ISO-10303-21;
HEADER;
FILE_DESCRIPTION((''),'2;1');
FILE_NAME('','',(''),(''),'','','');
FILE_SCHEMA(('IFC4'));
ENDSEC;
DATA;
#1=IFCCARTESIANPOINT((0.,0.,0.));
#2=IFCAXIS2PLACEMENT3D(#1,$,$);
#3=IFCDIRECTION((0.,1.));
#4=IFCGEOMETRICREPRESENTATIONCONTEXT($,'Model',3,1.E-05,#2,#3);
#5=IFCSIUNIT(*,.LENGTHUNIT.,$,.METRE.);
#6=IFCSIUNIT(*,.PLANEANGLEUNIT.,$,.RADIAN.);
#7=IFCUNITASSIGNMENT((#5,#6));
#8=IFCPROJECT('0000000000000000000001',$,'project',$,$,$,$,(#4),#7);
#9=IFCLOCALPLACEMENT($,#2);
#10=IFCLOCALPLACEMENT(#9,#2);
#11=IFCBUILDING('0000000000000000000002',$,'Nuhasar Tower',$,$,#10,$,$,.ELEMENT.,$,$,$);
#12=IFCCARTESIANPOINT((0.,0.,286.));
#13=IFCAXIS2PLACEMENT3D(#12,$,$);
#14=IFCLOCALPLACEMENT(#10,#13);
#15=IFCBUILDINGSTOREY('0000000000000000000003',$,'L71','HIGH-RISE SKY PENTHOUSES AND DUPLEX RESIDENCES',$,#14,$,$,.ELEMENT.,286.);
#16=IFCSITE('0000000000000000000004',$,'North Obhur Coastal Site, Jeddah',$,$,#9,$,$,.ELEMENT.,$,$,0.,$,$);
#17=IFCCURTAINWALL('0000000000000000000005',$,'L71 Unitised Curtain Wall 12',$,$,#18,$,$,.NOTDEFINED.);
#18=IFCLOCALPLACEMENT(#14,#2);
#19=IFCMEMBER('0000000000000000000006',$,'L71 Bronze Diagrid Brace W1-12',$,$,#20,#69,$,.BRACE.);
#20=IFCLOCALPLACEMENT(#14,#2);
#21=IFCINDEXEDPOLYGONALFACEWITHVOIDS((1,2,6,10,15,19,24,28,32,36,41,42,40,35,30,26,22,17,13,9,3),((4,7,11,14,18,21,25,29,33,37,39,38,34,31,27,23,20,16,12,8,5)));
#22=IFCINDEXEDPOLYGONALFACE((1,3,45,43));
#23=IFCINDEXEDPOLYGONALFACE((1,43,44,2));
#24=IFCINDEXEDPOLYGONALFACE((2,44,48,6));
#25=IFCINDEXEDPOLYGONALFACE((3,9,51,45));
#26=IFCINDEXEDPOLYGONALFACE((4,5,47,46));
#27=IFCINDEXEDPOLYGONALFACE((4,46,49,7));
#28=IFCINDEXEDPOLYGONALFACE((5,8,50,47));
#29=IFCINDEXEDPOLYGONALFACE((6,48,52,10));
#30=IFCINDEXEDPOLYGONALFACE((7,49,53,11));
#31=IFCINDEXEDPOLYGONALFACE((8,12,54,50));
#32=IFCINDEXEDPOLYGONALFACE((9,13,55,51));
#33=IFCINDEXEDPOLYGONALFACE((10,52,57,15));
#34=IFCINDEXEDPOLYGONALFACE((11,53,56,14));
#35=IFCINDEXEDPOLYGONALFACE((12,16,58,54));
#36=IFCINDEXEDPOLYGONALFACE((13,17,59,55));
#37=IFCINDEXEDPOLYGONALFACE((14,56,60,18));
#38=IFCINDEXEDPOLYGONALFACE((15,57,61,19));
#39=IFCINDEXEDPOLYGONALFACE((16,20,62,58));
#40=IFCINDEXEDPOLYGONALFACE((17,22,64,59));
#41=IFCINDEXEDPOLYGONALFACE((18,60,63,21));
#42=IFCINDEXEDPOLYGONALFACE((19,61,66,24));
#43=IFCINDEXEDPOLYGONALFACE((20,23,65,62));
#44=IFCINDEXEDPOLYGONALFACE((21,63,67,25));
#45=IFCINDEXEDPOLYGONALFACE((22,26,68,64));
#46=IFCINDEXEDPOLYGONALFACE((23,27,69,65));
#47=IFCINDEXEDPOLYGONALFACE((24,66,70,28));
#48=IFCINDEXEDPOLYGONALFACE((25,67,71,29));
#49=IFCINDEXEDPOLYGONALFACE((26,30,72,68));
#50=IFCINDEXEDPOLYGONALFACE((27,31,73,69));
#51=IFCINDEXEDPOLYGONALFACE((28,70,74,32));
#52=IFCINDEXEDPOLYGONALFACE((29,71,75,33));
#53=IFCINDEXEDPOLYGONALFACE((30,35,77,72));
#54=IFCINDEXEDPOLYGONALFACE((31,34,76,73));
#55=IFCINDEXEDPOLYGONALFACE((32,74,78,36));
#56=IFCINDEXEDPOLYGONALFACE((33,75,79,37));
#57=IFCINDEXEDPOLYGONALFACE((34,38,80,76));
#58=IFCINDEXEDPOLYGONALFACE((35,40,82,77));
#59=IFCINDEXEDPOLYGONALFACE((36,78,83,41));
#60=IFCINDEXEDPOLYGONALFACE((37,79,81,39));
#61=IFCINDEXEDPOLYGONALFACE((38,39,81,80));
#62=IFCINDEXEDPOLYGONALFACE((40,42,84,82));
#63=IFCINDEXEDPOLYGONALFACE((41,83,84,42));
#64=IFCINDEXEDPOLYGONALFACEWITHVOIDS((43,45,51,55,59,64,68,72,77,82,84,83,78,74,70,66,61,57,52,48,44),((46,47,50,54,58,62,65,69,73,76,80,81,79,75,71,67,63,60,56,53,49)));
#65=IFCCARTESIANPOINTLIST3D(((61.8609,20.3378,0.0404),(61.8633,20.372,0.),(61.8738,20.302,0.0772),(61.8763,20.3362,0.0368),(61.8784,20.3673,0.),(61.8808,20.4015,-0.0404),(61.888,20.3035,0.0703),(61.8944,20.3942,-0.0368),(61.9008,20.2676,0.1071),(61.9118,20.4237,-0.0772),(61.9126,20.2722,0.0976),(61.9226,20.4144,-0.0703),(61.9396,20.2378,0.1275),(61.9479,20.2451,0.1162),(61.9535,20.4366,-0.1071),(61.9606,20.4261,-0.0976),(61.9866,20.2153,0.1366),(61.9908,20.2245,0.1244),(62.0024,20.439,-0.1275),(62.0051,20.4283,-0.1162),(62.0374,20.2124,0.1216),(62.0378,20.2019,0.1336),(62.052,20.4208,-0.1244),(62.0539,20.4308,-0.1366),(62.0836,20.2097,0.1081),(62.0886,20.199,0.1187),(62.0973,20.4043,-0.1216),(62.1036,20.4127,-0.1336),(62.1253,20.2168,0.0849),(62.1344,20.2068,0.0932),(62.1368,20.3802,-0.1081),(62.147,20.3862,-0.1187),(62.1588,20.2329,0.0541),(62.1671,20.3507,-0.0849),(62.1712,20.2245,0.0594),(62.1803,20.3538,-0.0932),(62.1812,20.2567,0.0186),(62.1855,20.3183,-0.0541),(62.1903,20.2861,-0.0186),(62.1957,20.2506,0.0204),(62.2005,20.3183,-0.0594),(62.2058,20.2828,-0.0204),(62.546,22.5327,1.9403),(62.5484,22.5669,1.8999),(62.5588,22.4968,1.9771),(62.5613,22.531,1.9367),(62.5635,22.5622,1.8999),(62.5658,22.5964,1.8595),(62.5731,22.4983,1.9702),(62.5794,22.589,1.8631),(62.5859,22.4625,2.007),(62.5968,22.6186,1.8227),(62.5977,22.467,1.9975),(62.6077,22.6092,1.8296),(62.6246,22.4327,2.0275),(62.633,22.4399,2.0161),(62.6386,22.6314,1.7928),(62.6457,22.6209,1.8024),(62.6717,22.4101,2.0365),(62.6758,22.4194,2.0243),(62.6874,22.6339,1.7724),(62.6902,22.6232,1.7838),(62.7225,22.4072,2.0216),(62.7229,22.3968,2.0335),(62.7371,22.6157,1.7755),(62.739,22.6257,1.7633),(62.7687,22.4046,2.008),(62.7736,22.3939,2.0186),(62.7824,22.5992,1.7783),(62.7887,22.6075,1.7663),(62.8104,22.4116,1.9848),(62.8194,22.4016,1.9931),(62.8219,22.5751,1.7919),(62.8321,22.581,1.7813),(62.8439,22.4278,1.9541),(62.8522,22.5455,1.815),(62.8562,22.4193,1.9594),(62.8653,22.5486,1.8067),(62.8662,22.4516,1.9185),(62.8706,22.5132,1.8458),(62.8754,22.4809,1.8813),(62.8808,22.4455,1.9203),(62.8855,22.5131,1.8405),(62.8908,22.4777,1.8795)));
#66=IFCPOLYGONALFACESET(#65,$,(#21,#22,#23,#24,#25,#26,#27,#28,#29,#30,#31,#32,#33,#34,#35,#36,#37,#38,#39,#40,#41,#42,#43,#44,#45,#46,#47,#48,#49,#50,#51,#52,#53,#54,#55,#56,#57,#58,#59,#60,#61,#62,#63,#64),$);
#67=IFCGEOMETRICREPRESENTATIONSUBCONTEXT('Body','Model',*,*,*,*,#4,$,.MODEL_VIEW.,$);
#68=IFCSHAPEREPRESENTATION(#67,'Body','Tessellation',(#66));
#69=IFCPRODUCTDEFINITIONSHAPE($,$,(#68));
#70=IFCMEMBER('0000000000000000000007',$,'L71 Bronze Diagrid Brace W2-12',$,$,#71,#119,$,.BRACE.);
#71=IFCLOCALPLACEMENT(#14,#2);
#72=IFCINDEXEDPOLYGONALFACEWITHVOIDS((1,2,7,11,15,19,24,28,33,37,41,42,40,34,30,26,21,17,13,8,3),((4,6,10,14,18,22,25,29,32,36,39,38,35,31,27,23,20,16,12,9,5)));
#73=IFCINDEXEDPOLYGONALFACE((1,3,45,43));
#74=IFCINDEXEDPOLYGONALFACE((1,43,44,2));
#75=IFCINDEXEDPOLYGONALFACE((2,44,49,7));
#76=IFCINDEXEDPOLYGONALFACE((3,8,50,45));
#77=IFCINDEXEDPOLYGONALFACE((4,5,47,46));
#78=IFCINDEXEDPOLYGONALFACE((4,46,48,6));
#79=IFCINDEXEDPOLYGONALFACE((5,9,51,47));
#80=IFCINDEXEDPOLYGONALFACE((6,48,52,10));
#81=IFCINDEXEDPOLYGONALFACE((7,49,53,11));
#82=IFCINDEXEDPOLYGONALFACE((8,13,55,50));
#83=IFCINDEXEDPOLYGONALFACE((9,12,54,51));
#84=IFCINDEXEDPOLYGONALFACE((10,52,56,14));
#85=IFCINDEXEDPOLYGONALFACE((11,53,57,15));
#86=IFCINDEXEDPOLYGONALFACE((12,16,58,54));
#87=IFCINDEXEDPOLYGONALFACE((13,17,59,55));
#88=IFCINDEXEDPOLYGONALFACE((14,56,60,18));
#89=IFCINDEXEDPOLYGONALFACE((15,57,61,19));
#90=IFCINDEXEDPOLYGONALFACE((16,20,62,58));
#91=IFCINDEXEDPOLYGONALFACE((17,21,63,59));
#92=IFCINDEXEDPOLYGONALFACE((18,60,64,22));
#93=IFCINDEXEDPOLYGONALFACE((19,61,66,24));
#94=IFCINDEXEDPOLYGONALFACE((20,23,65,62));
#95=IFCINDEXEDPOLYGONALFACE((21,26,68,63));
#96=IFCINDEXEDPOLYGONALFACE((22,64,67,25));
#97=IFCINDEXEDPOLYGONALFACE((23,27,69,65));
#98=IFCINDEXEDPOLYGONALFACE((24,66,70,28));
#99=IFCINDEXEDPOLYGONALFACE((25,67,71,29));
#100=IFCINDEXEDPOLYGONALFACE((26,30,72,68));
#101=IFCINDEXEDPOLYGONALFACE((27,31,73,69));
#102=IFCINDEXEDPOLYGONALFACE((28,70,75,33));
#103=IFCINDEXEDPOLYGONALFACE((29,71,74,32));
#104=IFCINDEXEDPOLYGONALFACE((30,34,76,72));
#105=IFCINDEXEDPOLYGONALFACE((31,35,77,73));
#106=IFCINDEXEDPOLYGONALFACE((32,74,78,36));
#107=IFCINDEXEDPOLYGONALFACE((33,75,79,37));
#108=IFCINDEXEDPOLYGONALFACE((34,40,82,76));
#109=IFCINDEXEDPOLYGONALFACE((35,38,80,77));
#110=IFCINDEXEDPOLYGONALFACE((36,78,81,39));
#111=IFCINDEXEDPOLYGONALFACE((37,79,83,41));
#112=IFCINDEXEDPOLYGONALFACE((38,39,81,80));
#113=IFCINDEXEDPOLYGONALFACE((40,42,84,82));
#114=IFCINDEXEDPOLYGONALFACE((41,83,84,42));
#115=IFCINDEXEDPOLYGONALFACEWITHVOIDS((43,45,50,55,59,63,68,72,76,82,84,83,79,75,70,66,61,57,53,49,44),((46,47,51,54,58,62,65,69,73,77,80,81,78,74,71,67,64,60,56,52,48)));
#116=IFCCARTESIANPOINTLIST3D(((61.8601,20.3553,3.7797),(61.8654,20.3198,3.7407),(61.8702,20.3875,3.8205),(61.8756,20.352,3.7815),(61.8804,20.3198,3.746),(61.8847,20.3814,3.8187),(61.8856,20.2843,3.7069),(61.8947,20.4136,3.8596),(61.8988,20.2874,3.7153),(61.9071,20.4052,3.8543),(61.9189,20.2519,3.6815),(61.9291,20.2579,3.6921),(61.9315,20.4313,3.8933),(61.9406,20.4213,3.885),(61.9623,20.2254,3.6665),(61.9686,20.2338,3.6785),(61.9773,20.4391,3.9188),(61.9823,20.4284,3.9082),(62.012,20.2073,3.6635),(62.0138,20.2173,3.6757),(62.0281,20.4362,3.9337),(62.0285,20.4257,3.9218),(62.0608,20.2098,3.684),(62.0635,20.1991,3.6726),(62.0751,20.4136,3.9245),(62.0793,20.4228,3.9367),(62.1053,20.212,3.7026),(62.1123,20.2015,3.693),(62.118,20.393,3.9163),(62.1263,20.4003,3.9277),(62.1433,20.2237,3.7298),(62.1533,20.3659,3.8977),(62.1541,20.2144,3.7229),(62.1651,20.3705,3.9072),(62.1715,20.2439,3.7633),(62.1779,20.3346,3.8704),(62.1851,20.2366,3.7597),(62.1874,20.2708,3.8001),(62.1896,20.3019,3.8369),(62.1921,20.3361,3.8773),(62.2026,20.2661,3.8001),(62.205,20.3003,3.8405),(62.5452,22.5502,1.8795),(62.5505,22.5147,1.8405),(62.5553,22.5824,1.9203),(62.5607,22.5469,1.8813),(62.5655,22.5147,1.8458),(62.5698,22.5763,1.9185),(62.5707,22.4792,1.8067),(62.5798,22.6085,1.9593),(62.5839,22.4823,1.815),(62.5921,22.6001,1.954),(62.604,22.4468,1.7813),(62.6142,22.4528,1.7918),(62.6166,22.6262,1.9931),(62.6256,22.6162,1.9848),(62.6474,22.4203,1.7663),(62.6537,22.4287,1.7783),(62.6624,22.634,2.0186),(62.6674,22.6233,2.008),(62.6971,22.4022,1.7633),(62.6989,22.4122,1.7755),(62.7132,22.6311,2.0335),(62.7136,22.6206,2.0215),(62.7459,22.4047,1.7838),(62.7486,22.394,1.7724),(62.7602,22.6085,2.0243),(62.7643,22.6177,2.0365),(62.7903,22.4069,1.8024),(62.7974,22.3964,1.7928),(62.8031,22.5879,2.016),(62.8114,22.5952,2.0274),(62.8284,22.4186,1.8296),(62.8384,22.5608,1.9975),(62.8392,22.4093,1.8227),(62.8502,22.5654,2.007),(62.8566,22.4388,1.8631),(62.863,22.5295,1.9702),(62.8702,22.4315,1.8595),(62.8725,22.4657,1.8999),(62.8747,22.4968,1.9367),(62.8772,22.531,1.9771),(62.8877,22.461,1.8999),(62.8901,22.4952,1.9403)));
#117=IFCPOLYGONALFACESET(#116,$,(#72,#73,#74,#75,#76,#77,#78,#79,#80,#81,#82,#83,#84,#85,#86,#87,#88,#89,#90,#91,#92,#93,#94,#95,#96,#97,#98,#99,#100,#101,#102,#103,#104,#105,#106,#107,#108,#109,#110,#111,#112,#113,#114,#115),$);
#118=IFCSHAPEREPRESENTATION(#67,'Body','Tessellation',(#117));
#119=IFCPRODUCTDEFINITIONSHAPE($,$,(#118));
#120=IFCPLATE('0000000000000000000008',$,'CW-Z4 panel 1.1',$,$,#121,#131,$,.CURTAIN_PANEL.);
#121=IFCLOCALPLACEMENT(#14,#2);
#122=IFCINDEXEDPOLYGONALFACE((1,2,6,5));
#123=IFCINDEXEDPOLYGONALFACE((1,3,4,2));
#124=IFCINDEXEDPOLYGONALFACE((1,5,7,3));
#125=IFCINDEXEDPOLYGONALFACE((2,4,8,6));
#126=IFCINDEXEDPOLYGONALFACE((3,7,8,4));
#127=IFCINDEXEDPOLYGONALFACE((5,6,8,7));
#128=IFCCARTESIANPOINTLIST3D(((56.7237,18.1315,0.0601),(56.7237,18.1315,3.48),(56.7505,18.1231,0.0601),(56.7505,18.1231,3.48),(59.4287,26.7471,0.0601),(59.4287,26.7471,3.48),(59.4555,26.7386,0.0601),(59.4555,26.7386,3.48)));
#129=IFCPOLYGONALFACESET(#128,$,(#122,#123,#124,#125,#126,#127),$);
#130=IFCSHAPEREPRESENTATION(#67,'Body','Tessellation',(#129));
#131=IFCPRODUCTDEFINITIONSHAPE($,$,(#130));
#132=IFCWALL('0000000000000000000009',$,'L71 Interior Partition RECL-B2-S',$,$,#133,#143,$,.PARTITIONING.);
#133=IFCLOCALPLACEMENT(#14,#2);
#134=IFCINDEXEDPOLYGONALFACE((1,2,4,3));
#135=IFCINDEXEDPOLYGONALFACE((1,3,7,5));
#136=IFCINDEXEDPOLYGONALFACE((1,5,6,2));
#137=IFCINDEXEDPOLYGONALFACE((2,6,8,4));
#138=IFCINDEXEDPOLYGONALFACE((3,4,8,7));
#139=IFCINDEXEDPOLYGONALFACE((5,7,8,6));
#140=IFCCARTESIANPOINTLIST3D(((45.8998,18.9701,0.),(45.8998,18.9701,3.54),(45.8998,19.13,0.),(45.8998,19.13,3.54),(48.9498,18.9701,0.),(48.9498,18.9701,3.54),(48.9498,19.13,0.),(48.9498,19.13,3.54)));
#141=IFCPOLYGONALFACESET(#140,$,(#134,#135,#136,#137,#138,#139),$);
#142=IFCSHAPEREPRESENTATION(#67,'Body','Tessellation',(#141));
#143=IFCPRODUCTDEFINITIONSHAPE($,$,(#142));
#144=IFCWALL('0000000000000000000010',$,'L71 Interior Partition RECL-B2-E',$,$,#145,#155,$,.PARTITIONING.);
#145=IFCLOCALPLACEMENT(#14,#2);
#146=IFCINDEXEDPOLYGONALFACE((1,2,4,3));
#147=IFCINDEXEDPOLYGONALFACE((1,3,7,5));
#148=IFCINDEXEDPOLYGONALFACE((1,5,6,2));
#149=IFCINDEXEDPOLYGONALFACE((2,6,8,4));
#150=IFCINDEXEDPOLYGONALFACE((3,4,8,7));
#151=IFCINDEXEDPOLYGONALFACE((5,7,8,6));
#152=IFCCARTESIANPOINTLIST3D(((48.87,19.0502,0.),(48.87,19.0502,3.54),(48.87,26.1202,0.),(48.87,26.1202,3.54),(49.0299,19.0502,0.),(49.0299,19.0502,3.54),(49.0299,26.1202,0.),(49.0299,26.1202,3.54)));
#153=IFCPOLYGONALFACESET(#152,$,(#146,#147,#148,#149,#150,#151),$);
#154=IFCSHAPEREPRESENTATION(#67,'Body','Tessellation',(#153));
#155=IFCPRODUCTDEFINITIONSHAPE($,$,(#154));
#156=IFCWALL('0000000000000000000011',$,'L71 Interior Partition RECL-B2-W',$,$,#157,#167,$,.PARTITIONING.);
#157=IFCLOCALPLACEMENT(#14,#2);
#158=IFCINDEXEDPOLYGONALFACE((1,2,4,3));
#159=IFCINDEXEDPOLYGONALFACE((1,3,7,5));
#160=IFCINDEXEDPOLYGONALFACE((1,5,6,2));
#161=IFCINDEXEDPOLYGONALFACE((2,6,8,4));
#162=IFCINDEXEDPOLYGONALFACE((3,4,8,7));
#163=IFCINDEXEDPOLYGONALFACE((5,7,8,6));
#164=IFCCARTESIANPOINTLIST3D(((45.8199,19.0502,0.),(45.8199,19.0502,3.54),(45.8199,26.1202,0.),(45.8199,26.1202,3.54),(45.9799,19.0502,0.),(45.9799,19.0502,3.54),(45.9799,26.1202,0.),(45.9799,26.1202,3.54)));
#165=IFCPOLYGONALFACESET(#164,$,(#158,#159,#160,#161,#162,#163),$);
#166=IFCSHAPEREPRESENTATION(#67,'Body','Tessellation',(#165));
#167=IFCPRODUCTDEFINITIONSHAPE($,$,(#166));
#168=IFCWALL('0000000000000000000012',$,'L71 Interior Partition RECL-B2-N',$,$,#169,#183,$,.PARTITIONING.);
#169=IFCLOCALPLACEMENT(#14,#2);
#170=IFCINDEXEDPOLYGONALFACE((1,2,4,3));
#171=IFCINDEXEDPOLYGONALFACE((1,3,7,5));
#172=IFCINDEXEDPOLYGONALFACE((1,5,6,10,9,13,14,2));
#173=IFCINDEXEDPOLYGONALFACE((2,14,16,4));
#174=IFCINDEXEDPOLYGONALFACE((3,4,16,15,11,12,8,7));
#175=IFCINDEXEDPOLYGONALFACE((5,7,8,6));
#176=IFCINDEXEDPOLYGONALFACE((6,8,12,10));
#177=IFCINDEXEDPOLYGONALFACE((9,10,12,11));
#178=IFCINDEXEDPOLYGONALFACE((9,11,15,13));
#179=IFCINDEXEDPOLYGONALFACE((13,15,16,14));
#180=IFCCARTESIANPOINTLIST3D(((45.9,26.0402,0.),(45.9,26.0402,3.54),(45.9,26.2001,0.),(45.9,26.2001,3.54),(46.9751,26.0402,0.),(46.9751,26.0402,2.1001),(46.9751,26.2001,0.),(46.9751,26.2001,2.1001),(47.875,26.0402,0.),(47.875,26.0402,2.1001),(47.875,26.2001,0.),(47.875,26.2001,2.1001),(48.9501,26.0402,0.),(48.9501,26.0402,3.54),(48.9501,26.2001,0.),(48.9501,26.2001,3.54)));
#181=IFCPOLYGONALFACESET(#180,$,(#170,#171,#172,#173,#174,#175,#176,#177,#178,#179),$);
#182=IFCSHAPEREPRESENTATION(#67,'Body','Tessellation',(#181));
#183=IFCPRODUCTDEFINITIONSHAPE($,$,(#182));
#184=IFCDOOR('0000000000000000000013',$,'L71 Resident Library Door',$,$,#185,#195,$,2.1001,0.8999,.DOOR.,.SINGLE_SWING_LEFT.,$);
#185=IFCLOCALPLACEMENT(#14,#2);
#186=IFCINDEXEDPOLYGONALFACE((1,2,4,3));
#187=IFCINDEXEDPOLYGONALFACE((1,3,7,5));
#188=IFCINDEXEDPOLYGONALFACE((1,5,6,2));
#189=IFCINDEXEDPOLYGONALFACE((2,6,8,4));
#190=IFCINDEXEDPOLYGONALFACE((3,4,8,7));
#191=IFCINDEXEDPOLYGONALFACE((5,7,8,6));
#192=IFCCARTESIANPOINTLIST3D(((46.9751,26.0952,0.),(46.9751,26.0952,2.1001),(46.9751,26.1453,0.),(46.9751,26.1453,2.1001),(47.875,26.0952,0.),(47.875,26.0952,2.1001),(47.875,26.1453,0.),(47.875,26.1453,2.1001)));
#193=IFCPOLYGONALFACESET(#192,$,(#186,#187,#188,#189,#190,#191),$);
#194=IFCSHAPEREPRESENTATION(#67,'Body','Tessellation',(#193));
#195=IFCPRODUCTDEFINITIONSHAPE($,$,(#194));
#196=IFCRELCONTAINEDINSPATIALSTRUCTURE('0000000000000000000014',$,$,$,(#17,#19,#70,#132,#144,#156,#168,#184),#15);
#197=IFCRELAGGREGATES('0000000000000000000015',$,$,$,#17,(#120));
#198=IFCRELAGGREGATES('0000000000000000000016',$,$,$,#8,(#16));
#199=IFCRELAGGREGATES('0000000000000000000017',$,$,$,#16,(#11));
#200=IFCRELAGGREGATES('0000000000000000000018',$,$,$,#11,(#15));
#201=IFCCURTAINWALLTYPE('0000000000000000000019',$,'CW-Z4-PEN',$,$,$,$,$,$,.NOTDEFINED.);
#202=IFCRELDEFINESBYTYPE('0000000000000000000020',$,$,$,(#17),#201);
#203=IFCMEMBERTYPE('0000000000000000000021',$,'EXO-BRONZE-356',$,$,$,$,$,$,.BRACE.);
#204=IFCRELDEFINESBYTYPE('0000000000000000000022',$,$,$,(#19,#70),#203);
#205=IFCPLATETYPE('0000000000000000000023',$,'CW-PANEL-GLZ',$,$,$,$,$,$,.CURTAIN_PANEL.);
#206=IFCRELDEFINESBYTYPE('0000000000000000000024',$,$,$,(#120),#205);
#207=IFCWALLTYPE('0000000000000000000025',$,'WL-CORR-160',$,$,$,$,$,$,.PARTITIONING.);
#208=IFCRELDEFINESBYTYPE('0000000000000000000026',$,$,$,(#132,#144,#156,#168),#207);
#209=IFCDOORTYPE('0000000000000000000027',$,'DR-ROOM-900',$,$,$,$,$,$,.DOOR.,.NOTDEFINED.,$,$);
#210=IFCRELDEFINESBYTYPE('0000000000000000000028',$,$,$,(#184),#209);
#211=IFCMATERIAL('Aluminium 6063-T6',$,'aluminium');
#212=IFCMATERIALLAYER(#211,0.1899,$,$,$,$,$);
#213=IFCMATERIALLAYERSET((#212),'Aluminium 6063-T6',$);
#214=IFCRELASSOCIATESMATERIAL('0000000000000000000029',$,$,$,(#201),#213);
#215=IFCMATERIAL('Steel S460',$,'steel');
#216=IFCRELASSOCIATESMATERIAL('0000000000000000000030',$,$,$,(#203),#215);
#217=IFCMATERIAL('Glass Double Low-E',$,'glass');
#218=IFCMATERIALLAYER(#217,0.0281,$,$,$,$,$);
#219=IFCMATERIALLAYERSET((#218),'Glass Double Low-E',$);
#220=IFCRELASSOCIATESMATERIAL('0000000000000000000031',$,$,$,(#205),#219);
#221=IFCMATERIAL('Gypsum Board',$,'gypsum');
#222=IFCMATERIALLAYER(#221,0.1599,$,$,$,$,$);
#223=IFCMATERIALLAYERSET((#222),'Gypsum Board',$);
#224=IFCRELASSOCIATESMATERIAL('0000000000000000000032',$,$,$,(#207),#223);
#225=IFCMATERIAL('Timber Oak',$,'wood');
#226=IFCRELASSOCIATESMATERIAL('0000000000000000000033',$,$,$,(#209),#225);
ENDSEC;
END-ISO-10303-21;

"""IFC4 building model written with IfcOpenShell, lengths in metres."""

from ifc_helpers import new_model, si_unit, direction, frame, frame_2d, origin, origin_2d, place, context, subcontext, project, spatial, rectangle, hollow_circle, extrude, material, layer, layer_set, material_profile, profile_set, type_object, element, fill, aggregate, save


model = new_model("IFC4")

# Units and contexts
model_context = context("Model", 3, precision=1e-05, world=origin(), true_north=direction((0.0, 1.0)))
body_context = subcontext(model_context, "Body", "Model", "MODEL_VIEW")
ifc_project = project(units=[si_unit("LENGTHUNIT", "METRE"), si_unit("PLANEANGLEUNIT", "RADIAN")], contexts=[model_context])

# Site, building, storey
site_placement = place(None, origin())
site = spatial("IfcSite", under=ifc_project, at=site_placement, Name="North Obhur Coastal Site, Jeddah", CompositionType="ELEMENT", RefElevation=0.0)
building_placement = place(site_placement, origin())
building = spatial("IfcBuilding", under=site, at=building_placement, Name="Nuhasar Tower", CompositionType="ELEMENT")
storey_placement = place(building_placement, frame((0.0, 0.0, 286.0)))
storey = spatial("IfcBuildingStorey", under=building, at=storey_placement, Name="L71", Description="HIGH-RISE SKY PENTHOUSES AND DUPLEX RESIDENCES", CompositionType="ELEMENT", Elevation=286.0)

# Shared definitions
ifc_material_1 = material(Name="Aluminium 6063-T6", Category="aluminium")
ifc_layer_1 = layer(ifc_material_1, 0.1899)
ifc_layer_set_1 = layer_set([ifc_layer_1], Name="Aluminium 6063-T6")
curtain_wall_type = type_object("IfcCurtainWallType", Name="CW-Z4-PEN", PredefinedType="NOTDEFINED", material=ifc_layer_set_1)

# Curtain wall
curtain_wall_1_placement = place(storey_placement, origin())
curtain_wall_1 = element("IfcCurtainWall", 1, at=curtain_wall_1_placement, inside=storey, type_object=curtain_wall_type, Name="L71 Unitised Curtain Wall 12", PredefinedType="NOTDEFINED")

# Members
ifc_material_2 = material(Name="Steel S460", Category="steel")
ifc_material_profile_1 = material_profile(ifc_material_2, hollow_circle(Radius=0.1777, WallThickness=0.0159, at=origin_2d()), Name="HSS355.6X15.9")
ifc_profile_set_1 = profile_set([ifc_material_profile_1], Name="Steel S460")
member_type_1 = type_object("IfcMemberType", Name="EXO-BRONZE-356", PredefinedType="BRACE", material=ifc_profile_set_1)
member_1_placement = place(storey_placement, frame((62.033, 20.3191, 0.0), z_axis=(0.229681, 0.735864, 0.636985), x_axis=(-0.954582, 0.297948, 0.0)))
element("IfcMember", 2, at=member_1_placement, inside=storey, type_object=member_type_1, Name="L71 Bronze Diagrid Brace W1-12", PredefinedType="BRACE", context=body_context, shape_type="SweptSolid", body=[
    extrude(hollow_circle(Radius=0.1777, WallThickness=0.0159, at=origin_2d()), origin(), (0.0, 0.0, 1.0), 2.9827),
])
member_2_placement = place(storey_placement, frame((62.718, 22.5139, 1.8999), z_axis=(-0.229669, -0.735826, 0.637034), x_axis=(0.954582, -0.297948, 0.0)))
element("IfcMember", 3, at=member_2_placement, inside=storey, type_object=member_type_1, Name="L71 Bronze Diagrid Brace W2-12", PredefinedType="BRACE", context=body_context, shape_type="SweptSolid", body=[
    extrude(hollow_circle(Radius=0.1777, WallThickness=0.0159, at=origin_2d()), origin(), (0.0, 0.0, 1.0), 2.9829),
])

# Plate
ifc_material_3 = material(Name="Glass Double Low-E", Category="glass")
ifc_layer_2 = layer(ifc_material_3, 0.0281)
ifc_layer_set_2 = layer_set([ifc_layer_2], Name="Glass Double Low-E")
plate_type = type_object("IfcPlateType", Name="CW-PANEL-GLZ", PredefinedType="CURTAIN_PANEL", material=ifc_layer_set_2)
plate_placement = place(storey_placement, frame((58.0896, 22.4351, 0.0601), z_axis=(0.0, 0.0, 1.0), x_axis=(0.299557, 0.954079, 0.0)))
plate = element("IfcPlate", 4, at=plate_placement, type_object=plate_type, Name="CW-Z4 panel 1.1", PredefinedType="CURTAIN_PANEL", context=body_context, shape_type="SweptSolid", body=[
    extrude(rectangle(XDim=9.0303, YDim=0.0281, at=origin_2d()), origin(), (0.0, 0.0, 1.0), 3.4199),
])
aggregate(curtain_wall_1, [plate])

# Walls
ifc_material_4 = material(Name="Gypsum Board", Category="gypsum")
ifc_layer_3 = layer(ifc_material_4, 0.1599)
ifc_layer_set_3 = layer_set([ifc_layer_3], Name="Gypsum Board")
wall_type_1 = type_object("IfcWallType", Name="WL-CORR-160", PredefinedType="PARTITIONING", material=ifc_layer_set_3)
wall_1_placement = place(storey_placement, frame((45.8999, 19.05, 0.0), z_axis=(0.0, 0.0, 1.0), x_axis=(1.0, 0.0, 0.0)))
element("IfcWall", 5, at=wall_1_placement, inside=storey, type_object=wall_type_1, Name="L71 Interior Partition RECL-B2-S", PredefinedType="PARTITIONING", context=body_context, shape_type="SweptSolid", body=[
    extrude(rectangle(XDim=3.05, YDim=0.1599, at=frame_2d((1.5249, 0.0))), origin(), (0.0, 0.0, 1.0), 3.54),
])
for number, where, z_axis, x_axis, name in (
    (6, (48.95, 19.05, 0.0), (0.0, 0.0, 1.0), (0.0, 1.0, 0.0), "L71 Interior Partition RECL-B2-E"),
    (7, (45.8999, 19.05, 0.0), (0.0, 0.0, 1.0), (0.0, 1.0, 0.0), "L71 Interior Partition RECL-B2-W"),
):
    element("IfcWall", number, at=place(storey_placement, frame(where, z_axis=z_axis, x_axis=x_axis)), inside=storey, type_object=wall_type_1, Name=name, PredefinedType="PARTITIONING", context=body_context, shape_type="SweptSolid", body=[
        extrude(rectangle(XDim=7.0701, YDim=0.1599, at=frame_2d((3.5352, 0.0))), origin(), (0.0, 0.0, 1.0), 3.54),
    ])

# Wall, opening, door
wall_2_placement = place(storey_placement, frame((48.95, 26.1201, 0.0), z_axis=(0.0, 0.0, 1.0), x_axis=(-1.0, 0.0, 0.0)))
wall_2 = element("IfcWall", 8, at=wall_2_placement, inside=storey, type_object=wall_type_1, Name="L71 Interior Partition RECL-B2-N", PredefinedType="PARTITIONING", context=body_context, shape_type="SweptSolid", body=[
    extrude(rectangle(XDim=3.05, YDim=0.1599, at=frame_2d((1.5249, 0.0))), origin(), (0.0, 0.0, 1.0), 3.54),
])
opening_1_placement = place(wall_2_placement, frame((1.075, 0.0, 0.0)))
opening_1 = element("IfcOpeningElement", 9, at=opening_1_placement, cuts=wall_2, PredefinedType="OPENING", context=body_context, shape_type="SweptSolid", body=[
    extrude(rectangle(XDim=0.8999, YDim=2.1001, at=frame_2d((0.45, 1.05))), frame((0.0, 0.0898, 0.0), z_axis=(0.0, -1.0, 0.0), x_axis=(1.0, 0.0, 0.0)), (0.0, 0.0, 1.0), 0.1799),
])
ifc_material_5 = material(Name="Timber Oak", Category="wood")
door_type_1 = type_object("IfcDoorType", Name="DR-ROOM-900", OperationType="NOTDEFINED", PredefinedType="DOOR", material=ifc_material_5)
door_1_placement = place(opening_1_placement, origin())
door_1 = element("IfcDoor", 10, at=door_1_placement, inside=storey, type_object=door_type_1, Name="L71 Resident Library Door", OperationType="SINGLE_SWING_LEFT", OverallHeight=2.1001, OverallWidth=0.8999, PredefinedType="DOOR", context=body_context, shape_type="SweptSolid", body=[
    extrude(rectangle(XDim=0.8999, YDim=2.1001, at=frame_2d((0.45, 1.05))), frame((0.0, 0.0249, 0.0), z_axis=(0.0, -1.0, 0.0), x_axis=(1.0, 0.0, 0.0)), (0.0, 0.0, 1.0), 0.05),
])
fill(opening_1, door_1)

save(model, "model.ifc")
